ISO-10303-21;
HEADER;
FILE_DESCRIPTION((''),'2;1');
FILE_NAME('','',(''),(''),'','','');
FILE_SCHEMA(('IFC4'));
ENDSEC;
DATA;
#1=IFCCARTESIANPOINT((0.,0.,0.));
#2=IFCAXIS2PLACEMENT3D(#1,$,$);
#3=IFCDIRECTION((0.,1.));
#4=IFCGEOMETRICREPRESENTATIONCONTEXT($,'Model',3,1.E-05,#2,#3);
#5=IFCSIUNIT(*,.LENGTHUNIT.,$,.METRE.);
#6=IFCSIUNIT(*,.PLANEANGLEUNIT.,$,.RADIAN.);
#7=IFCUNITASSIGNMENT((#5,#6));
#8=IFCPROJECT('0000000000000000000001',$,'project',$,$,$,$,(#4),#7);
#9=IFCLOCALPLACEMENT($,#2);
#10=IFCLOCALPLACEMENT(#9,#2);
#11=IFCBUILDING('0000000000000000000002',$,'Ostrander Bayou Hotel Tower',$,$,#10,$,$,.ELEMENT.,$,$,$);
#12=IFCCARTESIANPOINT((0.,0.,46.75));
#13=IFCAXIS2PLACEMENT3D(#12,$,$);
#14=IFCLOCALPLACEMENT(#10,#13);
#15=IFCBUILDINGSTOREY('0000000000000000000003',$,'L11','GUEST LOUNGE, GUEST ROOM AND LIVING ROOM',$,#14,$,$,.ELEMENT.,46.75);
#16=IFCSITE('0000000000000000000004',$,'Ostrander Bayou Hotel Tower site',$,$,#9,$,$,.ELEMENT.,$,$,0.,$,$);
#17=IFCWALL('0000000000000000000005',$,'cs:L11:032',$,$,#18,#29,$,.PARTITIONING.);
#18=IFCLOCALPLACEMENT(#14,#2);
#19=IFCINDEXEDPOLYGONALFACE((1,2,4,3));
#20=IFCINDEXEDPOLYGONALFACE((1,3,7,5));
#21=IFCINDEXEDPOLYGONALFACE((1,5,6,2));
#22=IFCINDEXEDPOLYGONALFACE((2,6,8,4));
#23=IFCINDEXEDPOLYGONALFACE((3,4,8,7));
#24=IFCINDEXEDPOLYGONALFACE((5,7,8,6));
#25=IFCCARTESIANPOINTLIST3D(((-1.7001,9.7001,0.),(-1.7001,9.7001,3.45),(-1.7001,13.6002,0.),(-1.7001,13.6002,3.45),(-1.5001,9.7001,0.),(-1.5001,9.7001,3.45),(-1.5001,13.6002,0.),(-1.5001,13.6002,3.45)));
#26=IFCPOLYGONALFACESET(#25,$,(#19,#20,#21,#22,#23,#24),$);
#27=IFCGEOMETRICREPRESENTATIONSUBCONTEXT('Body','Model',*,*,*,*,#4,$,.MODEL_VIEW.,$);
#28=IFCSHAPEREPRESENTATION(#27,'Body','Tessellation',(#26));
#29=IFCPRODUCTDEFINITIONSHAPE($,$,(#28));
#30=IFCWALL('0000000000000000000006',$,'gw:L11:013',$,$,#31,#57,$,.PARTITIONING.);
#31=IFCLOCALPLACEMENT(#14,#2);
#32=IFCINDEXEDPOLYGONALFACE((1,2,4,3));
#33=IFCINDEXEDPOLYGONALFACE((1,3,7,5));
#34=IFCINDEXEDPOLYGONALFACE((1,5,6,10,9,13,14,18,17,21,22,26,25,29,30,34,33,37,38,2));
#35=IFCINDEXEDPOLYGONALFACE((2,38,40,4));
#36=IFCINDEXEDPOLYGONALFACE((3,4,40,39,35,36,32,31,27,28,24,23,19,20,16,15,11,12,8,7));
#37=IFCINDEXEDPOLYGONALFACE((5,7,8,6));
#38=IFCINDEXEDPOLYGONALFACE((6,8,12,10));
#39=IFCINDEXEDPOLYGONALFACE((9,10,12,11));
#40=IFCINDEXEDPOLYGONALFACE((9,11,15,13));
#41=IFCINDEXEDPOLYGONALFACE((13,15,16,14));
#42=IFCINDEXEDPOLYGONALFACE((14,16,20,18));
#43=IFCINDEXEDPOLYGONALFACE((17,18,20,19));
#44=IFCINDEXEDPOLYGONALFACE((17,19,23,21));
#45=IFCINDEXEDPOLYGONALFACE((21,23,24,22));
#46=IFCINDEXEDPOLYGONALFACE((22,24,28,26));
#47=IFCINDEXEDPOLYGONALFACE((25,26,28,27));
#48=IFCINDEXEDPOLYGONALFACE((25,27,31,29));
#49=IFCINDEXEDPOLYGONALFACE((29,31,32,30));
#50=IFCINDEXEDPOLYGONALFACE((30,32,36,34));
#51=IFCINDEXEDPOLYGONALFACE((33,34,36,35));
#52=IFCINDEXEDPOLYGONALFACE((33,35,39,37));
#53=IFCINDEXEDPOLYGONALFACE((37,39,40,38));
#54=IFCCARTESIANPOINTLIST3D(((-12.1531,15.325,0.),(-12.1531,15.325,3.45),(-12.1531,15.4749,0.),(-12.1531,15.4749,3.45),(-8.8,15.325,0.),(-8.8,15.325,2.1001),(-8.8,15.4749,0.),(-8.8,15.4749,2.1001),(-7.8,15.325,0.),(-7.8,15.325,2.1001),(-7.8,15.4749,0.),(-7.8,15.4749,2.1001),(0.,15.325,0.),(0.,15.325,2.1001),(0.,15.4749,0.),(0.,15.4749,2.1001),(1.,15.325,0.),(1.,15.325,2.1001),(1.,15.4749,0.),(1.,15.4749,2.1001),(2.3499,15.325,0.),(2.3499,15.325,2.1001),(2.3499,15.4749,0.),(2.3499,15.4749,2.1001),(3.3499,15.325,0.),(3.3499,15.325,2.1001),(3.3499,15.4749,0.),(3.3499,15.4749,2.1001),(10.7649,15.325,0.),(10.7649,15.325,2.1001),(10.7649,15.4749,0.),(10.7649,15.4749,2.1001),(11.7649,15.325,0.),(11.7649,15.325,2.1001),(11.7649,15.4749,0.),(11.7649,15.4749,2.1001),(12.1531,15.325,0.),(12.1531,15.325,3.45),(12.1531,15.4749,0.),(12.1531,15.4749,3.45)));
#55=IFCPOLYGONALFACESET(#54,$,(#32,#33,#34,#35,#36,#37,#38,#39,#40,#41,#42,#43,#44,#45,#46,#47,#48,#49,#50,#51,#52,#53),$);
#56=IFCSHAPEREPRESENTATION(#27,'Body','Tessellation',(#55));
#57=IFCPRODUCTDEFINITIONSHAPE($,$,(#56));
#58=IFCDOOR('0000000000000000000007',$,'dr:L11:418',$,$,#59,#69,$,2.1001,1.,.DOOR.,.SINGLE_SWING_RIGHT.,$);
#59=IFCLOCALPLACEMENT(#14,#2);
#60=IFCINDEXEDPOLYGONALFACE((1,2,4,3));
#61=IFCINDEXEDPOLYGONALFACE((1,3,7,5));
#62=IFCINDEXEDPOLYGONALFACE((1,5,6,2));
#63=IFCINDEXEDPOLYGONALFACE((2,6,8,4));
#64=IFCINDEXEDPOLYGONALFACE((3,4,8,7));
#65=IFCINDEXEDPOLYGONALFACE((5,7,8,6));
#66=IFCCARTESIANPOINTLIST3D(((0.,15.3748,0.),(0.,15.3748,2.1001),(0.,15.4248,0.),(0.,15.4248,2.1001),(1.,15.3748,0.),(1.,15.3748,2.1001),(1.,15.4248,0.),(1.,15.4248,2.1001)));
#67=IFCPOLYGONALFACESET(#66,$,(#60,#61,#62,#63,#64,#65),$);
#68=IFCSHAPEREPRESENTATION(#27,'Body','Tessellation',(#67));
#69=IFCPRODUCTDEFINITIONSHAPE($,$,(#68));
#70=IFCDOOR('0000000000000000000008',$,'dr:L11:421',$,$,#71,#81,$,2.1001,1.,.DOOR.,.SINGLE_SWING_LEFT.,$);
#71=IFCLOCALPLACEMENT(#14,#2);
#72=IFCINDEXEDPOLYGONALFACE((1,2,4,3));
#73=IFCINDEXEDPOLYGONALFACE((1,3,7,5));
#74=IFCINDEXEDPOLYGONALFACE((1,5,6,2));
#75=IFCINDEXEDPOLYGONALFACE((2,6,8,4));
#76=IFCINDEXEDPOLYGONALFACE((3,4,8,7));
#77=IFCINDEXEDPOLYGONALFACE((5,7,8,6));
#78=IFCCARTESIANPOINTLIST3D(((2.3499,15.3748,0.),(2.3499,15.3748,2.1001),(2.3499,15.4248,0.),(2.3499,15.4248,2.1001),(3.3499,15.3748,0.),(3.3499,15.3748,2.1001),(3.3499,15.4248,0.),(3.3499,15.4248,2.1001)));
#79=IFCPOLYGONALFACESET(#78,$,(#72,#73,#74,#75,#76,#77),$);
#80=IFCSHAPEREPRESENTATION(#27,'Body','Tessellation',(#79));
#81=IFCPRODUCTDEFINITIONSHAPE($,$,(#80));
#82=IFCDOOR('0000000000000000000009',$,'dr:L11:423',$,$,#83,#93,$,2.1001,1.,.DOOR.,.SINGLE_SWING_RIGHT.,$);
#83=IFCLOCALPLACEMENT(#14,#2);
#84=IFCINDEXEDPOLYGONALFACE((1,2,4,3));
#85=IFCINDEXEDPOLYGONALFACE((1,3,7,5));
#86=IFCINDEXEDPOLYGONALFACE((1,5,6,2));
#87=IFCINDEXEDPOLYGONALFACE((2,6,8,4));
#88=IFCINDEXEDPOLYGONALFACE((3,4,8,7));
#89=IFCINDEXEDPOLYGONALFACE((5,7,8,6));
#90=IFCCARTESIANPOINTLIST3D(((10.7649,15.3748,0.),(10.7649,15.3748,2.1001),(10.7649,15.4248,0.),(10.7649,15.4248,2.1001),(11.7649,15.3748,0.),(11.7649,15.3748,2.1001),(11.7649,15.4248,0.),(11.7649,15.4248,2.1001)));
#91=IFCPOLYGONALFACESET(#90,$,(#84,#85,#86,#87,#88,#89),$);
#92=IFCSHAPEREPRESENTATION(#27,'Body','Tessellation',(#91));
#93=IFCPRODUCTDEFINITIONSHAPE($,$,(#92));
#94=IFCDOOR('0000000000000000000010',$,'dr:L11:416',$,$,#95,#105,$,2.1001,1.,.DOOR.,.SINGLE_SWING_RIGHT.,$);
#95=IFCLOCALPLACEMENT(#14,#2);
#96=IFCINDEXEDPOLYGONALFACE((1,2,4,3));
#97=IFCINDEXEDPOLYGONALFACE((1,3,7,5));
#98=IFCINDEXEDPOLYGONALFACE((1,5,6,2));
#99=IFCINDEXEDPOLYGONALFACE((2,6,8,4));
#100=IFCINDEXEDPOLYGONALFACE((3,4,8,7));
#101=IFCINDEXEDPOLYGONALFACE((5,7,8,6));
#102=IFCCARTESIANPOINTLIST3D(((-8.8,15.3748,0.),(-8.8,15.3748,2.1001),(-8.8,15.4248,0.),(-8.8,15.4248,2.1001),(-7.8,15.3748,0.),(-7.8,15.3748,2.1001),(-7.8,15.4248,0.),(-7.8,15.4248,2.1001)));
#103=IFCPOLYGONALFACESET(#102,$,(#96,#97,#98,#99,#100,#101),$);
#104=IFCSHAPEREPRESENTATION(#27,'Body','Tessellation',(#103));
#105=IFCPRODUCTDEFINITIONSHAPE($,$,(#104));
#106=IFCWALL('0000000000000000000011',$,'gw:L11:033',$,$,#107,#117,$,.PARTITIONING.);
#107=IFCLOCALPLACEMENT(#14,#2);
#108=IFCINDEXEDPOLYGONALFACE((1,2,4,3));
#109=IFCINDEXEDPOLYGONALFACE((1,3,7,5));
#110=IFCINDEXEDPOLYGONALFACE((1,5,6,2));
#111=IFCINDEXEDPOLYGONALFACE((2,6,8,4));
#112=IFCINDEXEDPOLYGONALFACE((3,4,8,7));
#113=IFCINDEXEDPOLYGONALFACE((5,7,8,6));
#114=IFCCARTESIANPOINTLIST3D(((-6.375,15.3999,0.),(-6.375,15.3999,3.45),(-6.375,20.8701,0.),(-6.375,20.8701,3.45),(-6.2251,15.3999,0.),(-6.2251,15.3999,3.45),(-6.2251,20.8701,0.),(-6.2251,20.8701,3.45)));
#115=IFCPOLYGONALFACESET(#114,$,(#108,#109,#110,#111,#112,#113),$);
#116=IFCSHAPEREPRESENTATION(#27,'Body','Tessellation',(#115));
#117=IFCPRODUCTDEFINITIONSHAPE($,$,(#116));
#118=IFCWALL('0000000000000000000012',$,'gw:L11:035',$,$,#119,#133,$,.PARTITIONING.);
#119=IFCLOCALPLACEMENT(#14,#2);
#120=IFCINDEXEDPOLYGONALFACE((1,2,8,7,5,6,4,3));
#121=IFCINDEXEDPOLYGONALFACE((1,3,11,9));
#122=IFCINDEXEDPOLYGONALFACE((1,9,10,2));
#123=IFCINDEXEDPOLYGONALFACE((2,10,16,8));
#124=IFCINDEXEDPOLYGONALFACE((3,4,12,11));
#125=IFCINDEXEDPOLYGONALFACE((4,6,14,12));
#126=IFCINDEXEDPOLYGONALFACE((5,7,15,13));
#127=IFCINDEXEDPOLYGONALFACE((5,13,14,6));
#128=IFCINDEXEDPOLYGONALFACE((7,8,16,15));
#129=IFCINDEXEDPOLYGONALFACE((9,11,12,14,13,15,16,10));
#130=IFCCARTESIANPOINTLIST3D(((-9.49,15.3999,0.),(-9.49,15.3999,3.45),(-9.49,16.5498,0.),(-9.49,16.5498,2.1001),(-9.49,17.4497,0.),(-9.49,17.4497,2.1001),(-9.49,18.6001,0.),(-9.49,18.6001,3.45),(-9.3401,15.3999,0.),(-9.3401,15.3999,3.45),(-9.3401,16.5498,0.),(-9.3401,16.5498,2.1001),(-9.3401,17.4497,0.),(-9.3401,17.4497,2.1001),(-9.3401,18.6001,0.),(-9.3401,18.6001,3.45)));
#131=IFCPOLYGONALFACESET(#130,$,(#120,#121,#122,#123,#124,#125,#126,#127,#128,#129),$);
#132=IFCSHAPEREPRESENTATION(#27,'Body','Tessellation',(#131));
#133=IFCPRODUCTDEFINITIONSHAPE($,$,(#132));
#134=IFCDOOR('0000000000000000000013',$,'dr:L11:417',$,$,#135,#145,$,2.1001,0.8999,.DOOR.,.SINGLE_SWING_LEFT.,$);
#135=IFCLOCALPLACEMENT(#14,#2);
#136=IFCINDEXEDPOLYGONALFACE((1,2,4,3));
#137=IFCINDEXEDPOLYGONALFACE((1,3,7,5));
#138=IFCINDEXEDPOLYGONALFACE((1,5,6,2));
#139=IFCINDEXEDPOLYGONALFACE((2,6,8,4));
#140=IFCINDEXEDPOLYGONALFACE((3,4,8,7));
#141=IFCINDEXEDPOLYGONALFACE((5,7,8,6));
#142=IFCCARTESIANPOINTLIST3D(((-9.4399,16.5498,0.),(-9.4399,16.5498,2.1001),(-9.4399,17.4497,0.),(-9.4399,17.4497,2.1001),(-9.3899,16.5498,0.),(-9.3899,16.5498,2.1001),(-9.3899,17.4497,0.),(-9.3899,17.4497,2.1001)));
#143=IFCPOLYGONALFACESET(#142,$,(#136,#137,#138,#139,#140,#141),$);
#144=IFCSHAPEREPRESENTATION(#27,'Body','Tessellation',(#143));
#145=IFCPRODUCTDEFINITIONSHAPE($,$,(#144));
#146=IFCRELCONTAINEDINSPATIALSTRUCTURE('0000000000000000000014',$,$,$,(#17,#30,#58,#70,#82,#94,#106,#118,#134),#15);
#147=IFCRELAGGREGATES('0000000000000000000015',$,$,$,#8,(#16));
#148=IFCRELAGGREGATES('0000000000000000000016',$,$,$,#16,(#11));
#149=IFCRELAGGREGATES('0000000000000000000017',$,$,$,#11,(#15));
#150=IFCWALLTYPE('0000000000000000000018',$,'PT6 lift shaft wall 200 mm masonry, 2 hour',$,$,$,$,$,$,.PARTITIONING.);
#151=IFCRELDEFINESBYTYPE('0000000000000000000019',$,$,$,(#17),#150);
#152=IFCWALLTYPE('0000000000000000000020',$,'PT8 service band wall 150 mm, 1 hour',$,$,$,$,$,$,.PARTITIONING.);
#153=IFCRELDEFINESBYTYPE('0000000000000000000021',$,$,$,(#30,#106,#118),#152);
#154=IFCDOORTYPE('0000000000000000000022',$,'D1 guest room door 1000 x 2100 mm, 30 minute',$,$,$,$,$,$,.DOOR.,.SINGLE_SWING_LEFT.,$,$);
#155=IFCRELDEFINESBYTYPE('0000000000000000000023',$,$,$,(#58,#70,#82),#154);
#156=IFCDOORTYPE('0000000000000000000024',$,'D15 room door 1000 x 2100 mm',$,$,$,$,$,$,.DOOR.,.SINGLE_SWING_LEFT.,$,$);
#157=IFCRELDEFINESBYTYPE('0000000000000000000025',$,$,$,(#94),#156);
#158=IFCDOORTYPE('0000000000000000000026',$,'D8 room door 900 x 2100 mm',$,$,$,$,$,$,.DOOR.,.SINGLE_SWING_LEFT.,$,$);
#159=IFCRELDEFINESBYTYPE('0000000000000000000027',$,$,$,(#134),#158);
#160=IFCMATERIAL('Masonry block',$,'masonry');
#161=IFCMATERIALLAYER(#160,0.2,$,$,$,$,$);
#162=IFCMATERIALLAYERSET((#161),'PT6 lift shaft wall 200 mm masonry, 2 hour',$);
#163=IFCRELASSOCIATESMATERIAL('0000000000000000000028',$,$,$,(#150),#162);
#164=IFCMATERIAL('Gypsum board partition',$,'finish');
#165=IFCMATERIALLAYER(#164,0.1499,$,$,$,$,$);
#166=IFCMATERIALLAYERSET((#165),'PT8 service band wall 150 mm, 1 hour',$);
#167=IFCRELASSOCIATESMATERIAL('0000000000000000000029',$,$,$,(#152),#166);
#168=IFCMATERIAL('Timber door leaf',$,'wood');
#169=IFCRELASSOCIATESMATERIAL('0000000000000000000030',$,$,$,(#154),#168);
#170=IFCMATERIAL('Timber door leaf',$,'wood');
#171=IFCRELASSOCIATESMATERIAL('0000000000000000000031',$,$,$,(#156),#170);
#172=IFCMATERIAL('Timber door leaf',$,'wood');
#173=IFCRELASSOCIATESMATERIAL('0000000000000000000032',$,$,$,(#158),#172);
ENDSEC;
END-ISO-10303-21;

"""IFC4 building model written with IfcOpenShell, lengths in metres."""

from ifc_helpers import new_model, si_unit, direction, frame, frame_2d, origin, place, context, subcontext, project, spatial, rectangle, extrude, material, layer, layer_set, type_object, element, fill, save


model = new_model("IFC4")

# Units and contexts
model_context = context("Model", 3, precision=1e-05, world=origin(), true_north=direction((0.0, 1.0)))
body_context = subcontext(model_context, "Body", "Model", "MODEL_VIEW")
ifc_project = project(units=[si_unit("LENGTHUNIT", "METRE"), si_unit("PLANEANGLEUNIT", "RADIAN")], contexts=[model_context])

# Site, building, storey
site_placement = place(None, origin())
site = spatial("IfcSite", under=ifc_project, at=site_placement, Name="Ostrander Bayou Hotel Tower site", CompositionType="ELEMENT", RefElevation=0.0)
building_placement = place(site_placement, origin())
building = spatial("IfcBuilding", under=site, at=building_placement, Name="Ostrander Bayou Hotel Tower", CompositionType="ELEMENT")
storey_placement = place(building_placement, frame((0.0, 0.0, 46.75)))
storey = spatial("IfcBuildingStorey", under=building, at=storey_placement, Name="L11", Description="GUEST LOUNGE, GUEST ROOM AND LIVING ROOM", CompositionType="ELEMENT", Elevation=46.75)

# Wall
ifc_material_1 = material(Name="Masonry block", Category="masonry")
ifc_layer_1 = layer(ifc_material_1, 0.2)
ifc_layer_set_1 = layer_set([ifc_layer_1], Name="PT6 lift shaft wall 200 mm masonry, 2 hour")
wall_type_1 = type_object("IfcWallType", Name="PT6 lift shaft wall 200 mm masonry, 2 hour", PredefinedType="PARTITIONING", material=ifc_layer_set_1)
wall_1_placement = place(storey_placement, frame((-1.6001, 9.7, 0.0), z_axis=(0.0, 0.0, 1.0), x_axis=(0.0, 1.0, 0.0)))
element("IfcWall", 1, at=wall_1_placement, inside=storey, type_object=wall_type_1, Name="cs:L11:032", PredefinedType="PARTITIONING", context=body_context, shape_type="SweptSolid", body=[
    extrude(rectangle(XDim=3.9001, YDim=0.2, at=frame_2d((1.9502, 0.0))), origin(), (0.0, 0.0, 1.0), 3.45),
])

# Wall, openings, doors
ifc_material_2 = material(Name="Gypsum board partition", Category="finish")
ifc_layer_2 = layer(ifc_material_2, 0.1499)
ifc_layer_set_2 = layer_set([ifc_layer_2], Name="PT8 service band wall 150 mm, 1 hour")
wall_type_2 = type_object("IfcWallType", Name="PT8 service band wall 150 mm, 1 hour", PredefinedType="PARTITIONING", material=ifc_layer_set_2)
wall_2_placement = place(storey_placement, frame((-12.1531, 15.3999, 0.0), z_axis=(0.0, 0.0, 1.0), x_axis=(1.0, 0.0, 0.0)))
wall_2 = element("IfcWall", 2, at=wall_2_placement, inside=storey, type_object=wall_type_2, Name="gw:L11:013", PredefinedType="PARTITIONING", context=body_context, shape_type="SweptSolid", body=[
    extrude(rectangle(XDim=24.3062, YDim=0.1499, at=frame_2d((12.1531, 0.0))), origin(), (0.0, 0.0, 1.0), 3.45),
])
opening_1_placement = place(wall_2_placement, frame((3.353, 0.0, 0.0)))
opening_1 = element("IfcOpeningElement", 3, at=opening_1_placement, cuts=wall_2, PredefinedType="OPENING", context=body_context, shape_type="SweptSolid", body=[
    extrude(rectangle(XDim=1.0, YDim=2.1001, at=frame_2d((0.5, 1.05))), frame((0.0, 0.075, 0.0), z_axis=(0.0, -1.0, 0.0), x_axis=(1.0, 0.0, 0.0)), (0.0, 0.0, 1.0), 0.1499),
])
opening_2_placement = place(wall_2_placement, frame((12.1531, 0.0, 0.0)))
opening_2 = element("IfcOpeningElement", 4, at=opening_2_placement, cuts=wall_2, PredefinedType="OPENING", context=body_context, shape_type="SweptSolid", body=[
    extrude(rectangle(XDim=1.0, YDim=2.1001, at=frame_2d((0.5, 1.05))), frame((0.0, 0.075, 0.0), z_axis=(0.0, -1.0, 0.0), x_axis=(1.0, 0.0, 0.0)), (0.0, 0.0, 1.0), 0.1499),
])
opening_3_placement = place(wall_2_placement, frame((14.5029, 0.0, 0.0)))
opening_3 = element("IfcOpeningElement", 5, at=opening_3_placement, cuts=wall_2, PredefinedType="OPENING", context=body_context, shape_type="SweptSolid", body=[
    extrude(rectangle(XDim=1.0, YDim=2.1001, at=frame_2d((0.5, 1.05))), frame((0.0, 0.075, 0.0), z_axis=(0.0, -1.0, 0.0), x_axis=(1.0, 0.0, 0.0)), (0.0, 0.0, 1.0), 0.1499),
])
opening_4_placement = place(wall_2_placement, frame((22.918, 0.0, 0.0)))
opening_4 = element("IfcOpeningElement", 6, at=opening_4_placement, cuts=wall_2, PredefinedType="OPENING", context=body_context, shape_type="SweptSolid", body=[
    extrude(rectangle(XDim=1.0, YDim=2.1001, at=frame_2d((0.5, 1.05))), frame((0.0, 0.075, 0.0), z_axis=(0.0, -1.0, 0.0), x_axis=(1.0, 0.0, 0.0)), (0.0, 0.0, 1.0), 0.1499),
])
ifc_material_3 = material(Name="Timber door leaf", Category="wood")
door_type_1 = type_object("IfcDoorType", Name="D1 guest room door 1000 x 2100 mm, 30 minute", OperationType="SINGLE_SWING_LEFT", PredefinedType="DOOR", material=ifc_material_3)
door_1_placement = place(opening_2_placement, origin())
door_1 = element("IfcDoor", 7, at=door_1_placement, inside=storey, type_object=door_type_1, Name="dr:L11:418", OperationType="SINGLE_SWING_RIGHT", OverallHeight=2.1001, OverallWidth=1.0, PredefinedType="DOOR", context=body_context, shape_type="SweptSolid", body=[
    extrude(rectangle(XDim=1.0, YDim=2.1001, at=frame_2d((0.5, 1.05))), frame((0.0, 0.0249, 0.0), z_axis=(0.0, -1.0, 0.0), x_axis=(1.0, 0.0, 0.0)), (0.0, 0.0, 1.0), 0.05),
])
fill(opening_2, door_1)
door_2_placement = place(opening_3_placement, origin())
door_2 = element("IfcDoor", 8, at=door_2_placement, inside=storey, type_object=door_type_1, Name="dr:L11:421", OperationType="SINGLE_SWING_LEFT", OverallHeight=2.1001, OverallWidth=1.0, PredefinedType="DOOR", context=body_context, shape_type="SweptSolid", body=[
    extrude(rectangle(XDim=1.0, YDim=2.1001, at=frame_2d((0.5, 1.05))), frame((0.0, 0.0249, 0.0), z_axis=(0.0, -1.0, 0.0), x_axis=(1.0, 0.0, 0.0)), (0.0, 0.0, 1.0), 0.05),
])
fill(opening_3, door_2)
door_3_placement = place(opening_4_placement, origin())
door_3 = element("IfcDoor", 9, at=door_3_placement, inside=storey, type_object=door_type_1, Name="dr:L11:423", OperationType="SINGLE_SWING_RIGHT", OverallHeight=2.1001, OverallWidth=1.0, PredefinedType="DOOR", context=body_context, shape_type="SweptSolid", body=[
    extrude(rectangle(XDim=1.0, YDim=2.1001, at=frame_2d((0.5, 1.05))), frame((0.0, 0.0249, 0.0), z_axis=(0.0, -1.0, 0.0), x_axis=(1.0, 0.0, 0.0)), (0.0, 0.0, 1.0), 0.05),
])
fill(opening_4, door_3)
ifc_material_4 = material(Name="Timber door leaf", Category="wood")
door_type_2 = type_object("IfcDoorType", Name="D15 room door 1000 x 2100 mm", OperationType="SINGLE_SWING_LEFT", PredefinedType="DOOR", material=ifc_material_4)
door_4_placement = place(opening_1_placement, origin())
door_4 = element("IfcDoor", 10, at=door_4_placement, inside=storey, type_object=door_type_2, Name="dr:L11:416", OperationType="SINGLE_SWING_RIGHT", OverallHeight=2.1001, OverallWidth=1.0, PredefinedType="DOOR", context=body_context, shape_type="SweptSolid", body=[
    extrude(rectangle(XDim=1.0, YDim=2.1001, at=frame_2d((0.5, 1.05))), frame((0.0, 0.0249, 0.0), z_axis=(0.0, -1.0, 0.0), x_axis=(1.0, 0.0, 0.0)), (0.0, 0.0, 1.0), 0.05),
])
fill(opening_1, door_4)

# Wall
wall_3_placement = place(storey_placement, frame((-6.3, 15.3999, 0.0), z_axis=(0.0, 0.0, 1.0), x_axis=(0.0, 1.0, 0.0)))
element("IfcWall", 11, at=wall_3_placement, inside=storey, type_object=wall_type_2, Name="gw:L11:033", PredefinedType="PARTITIONING", context=body_context, shape_type="SweptSolid", body=[
    extrude(rectangle(XDim=5.4702, YDim=0.1499, at=frame_2d((2.7351, 0.0))), origin(), (0.0, 0.0, 1.0), 3.45),
])

# Wall, opening, door
wall_4_placement = place(storey_placement, frame((-9.415, 15.3999, 0.0), z_axis=(0.0, 0.0, 1.0), x_axis=(0.0, 1.0, 0.0)))
wall_4 = element("IfcWall", 12, at=wall_4_placement, inside=storey, type_object=wall_type_2, Name="gw:L11:035", PredefinedType="PARTITIONING", context=body_context, shape_type="SweptSolid", body=[
    extrude(rectangle(XDim=3.2002, YDim=0.1499, at=frame_2d((1.6001, 0.0))), origin(), (0.0, 0.0, 1.0), 3.45),
])
opening_5_placement = place(wall_4_placement, frame((1.1499, 0.0, 0.0)))
opening_5 = element("IfcOpeningElement", 13, at=opening_5_placement, cuts=wall_4, PredefinedType="OPENING", context=body_context, shape_type="SweptSolid", body=[
    extrude(rectangle(XDim=0.8999, YDim=2.1001, at=frame_2d((0.45, 1.05))), frame((0.0, 0.075, 0.0), z_axis=(0.0, -1.0, 0.0), x_axis=(1.0, 0.0, 0.0)), (0.0, 0.0, 1.0), 0.1499),
])
ifc_material_5 = material(Name="Timber door leaf", Category="wood")
door_type_3 = type_object("IfcDoorType", Name="D8 room door 900 x 2100 mm", OperationType="SINGLE_SWING_LEFT", PredefinedType="DOOR", material=ifc_material_5)
door_5_placement = place(opening_5_placement, origin())
door_5 = element("IfcDoor", 14, at=door_5_placement, inside=storey, type_object=door_type_3, Name="dr:L11:417", OperationType="SINGLE_SWING_LEFT", OverallHeight=2.1001, OverallWidth=0.8999, PredefinedType="DOOR", context=body_context, shape_type="SweptSolid", body=[
    extrude(rectangle(XDim=0.8999, YDim=2.1001, at=frame_2d((0.45, 1.05))), frame((0.0, 0.0249, 0.0), z_axis=(0.0, -1.0, 0.0), x_axis=(1.0, 0.0, 0.0)), (0.0, 0.0, 1.0), 0.05),
])
fill(opening_5, door_5)

save(model, "model.ifc")
